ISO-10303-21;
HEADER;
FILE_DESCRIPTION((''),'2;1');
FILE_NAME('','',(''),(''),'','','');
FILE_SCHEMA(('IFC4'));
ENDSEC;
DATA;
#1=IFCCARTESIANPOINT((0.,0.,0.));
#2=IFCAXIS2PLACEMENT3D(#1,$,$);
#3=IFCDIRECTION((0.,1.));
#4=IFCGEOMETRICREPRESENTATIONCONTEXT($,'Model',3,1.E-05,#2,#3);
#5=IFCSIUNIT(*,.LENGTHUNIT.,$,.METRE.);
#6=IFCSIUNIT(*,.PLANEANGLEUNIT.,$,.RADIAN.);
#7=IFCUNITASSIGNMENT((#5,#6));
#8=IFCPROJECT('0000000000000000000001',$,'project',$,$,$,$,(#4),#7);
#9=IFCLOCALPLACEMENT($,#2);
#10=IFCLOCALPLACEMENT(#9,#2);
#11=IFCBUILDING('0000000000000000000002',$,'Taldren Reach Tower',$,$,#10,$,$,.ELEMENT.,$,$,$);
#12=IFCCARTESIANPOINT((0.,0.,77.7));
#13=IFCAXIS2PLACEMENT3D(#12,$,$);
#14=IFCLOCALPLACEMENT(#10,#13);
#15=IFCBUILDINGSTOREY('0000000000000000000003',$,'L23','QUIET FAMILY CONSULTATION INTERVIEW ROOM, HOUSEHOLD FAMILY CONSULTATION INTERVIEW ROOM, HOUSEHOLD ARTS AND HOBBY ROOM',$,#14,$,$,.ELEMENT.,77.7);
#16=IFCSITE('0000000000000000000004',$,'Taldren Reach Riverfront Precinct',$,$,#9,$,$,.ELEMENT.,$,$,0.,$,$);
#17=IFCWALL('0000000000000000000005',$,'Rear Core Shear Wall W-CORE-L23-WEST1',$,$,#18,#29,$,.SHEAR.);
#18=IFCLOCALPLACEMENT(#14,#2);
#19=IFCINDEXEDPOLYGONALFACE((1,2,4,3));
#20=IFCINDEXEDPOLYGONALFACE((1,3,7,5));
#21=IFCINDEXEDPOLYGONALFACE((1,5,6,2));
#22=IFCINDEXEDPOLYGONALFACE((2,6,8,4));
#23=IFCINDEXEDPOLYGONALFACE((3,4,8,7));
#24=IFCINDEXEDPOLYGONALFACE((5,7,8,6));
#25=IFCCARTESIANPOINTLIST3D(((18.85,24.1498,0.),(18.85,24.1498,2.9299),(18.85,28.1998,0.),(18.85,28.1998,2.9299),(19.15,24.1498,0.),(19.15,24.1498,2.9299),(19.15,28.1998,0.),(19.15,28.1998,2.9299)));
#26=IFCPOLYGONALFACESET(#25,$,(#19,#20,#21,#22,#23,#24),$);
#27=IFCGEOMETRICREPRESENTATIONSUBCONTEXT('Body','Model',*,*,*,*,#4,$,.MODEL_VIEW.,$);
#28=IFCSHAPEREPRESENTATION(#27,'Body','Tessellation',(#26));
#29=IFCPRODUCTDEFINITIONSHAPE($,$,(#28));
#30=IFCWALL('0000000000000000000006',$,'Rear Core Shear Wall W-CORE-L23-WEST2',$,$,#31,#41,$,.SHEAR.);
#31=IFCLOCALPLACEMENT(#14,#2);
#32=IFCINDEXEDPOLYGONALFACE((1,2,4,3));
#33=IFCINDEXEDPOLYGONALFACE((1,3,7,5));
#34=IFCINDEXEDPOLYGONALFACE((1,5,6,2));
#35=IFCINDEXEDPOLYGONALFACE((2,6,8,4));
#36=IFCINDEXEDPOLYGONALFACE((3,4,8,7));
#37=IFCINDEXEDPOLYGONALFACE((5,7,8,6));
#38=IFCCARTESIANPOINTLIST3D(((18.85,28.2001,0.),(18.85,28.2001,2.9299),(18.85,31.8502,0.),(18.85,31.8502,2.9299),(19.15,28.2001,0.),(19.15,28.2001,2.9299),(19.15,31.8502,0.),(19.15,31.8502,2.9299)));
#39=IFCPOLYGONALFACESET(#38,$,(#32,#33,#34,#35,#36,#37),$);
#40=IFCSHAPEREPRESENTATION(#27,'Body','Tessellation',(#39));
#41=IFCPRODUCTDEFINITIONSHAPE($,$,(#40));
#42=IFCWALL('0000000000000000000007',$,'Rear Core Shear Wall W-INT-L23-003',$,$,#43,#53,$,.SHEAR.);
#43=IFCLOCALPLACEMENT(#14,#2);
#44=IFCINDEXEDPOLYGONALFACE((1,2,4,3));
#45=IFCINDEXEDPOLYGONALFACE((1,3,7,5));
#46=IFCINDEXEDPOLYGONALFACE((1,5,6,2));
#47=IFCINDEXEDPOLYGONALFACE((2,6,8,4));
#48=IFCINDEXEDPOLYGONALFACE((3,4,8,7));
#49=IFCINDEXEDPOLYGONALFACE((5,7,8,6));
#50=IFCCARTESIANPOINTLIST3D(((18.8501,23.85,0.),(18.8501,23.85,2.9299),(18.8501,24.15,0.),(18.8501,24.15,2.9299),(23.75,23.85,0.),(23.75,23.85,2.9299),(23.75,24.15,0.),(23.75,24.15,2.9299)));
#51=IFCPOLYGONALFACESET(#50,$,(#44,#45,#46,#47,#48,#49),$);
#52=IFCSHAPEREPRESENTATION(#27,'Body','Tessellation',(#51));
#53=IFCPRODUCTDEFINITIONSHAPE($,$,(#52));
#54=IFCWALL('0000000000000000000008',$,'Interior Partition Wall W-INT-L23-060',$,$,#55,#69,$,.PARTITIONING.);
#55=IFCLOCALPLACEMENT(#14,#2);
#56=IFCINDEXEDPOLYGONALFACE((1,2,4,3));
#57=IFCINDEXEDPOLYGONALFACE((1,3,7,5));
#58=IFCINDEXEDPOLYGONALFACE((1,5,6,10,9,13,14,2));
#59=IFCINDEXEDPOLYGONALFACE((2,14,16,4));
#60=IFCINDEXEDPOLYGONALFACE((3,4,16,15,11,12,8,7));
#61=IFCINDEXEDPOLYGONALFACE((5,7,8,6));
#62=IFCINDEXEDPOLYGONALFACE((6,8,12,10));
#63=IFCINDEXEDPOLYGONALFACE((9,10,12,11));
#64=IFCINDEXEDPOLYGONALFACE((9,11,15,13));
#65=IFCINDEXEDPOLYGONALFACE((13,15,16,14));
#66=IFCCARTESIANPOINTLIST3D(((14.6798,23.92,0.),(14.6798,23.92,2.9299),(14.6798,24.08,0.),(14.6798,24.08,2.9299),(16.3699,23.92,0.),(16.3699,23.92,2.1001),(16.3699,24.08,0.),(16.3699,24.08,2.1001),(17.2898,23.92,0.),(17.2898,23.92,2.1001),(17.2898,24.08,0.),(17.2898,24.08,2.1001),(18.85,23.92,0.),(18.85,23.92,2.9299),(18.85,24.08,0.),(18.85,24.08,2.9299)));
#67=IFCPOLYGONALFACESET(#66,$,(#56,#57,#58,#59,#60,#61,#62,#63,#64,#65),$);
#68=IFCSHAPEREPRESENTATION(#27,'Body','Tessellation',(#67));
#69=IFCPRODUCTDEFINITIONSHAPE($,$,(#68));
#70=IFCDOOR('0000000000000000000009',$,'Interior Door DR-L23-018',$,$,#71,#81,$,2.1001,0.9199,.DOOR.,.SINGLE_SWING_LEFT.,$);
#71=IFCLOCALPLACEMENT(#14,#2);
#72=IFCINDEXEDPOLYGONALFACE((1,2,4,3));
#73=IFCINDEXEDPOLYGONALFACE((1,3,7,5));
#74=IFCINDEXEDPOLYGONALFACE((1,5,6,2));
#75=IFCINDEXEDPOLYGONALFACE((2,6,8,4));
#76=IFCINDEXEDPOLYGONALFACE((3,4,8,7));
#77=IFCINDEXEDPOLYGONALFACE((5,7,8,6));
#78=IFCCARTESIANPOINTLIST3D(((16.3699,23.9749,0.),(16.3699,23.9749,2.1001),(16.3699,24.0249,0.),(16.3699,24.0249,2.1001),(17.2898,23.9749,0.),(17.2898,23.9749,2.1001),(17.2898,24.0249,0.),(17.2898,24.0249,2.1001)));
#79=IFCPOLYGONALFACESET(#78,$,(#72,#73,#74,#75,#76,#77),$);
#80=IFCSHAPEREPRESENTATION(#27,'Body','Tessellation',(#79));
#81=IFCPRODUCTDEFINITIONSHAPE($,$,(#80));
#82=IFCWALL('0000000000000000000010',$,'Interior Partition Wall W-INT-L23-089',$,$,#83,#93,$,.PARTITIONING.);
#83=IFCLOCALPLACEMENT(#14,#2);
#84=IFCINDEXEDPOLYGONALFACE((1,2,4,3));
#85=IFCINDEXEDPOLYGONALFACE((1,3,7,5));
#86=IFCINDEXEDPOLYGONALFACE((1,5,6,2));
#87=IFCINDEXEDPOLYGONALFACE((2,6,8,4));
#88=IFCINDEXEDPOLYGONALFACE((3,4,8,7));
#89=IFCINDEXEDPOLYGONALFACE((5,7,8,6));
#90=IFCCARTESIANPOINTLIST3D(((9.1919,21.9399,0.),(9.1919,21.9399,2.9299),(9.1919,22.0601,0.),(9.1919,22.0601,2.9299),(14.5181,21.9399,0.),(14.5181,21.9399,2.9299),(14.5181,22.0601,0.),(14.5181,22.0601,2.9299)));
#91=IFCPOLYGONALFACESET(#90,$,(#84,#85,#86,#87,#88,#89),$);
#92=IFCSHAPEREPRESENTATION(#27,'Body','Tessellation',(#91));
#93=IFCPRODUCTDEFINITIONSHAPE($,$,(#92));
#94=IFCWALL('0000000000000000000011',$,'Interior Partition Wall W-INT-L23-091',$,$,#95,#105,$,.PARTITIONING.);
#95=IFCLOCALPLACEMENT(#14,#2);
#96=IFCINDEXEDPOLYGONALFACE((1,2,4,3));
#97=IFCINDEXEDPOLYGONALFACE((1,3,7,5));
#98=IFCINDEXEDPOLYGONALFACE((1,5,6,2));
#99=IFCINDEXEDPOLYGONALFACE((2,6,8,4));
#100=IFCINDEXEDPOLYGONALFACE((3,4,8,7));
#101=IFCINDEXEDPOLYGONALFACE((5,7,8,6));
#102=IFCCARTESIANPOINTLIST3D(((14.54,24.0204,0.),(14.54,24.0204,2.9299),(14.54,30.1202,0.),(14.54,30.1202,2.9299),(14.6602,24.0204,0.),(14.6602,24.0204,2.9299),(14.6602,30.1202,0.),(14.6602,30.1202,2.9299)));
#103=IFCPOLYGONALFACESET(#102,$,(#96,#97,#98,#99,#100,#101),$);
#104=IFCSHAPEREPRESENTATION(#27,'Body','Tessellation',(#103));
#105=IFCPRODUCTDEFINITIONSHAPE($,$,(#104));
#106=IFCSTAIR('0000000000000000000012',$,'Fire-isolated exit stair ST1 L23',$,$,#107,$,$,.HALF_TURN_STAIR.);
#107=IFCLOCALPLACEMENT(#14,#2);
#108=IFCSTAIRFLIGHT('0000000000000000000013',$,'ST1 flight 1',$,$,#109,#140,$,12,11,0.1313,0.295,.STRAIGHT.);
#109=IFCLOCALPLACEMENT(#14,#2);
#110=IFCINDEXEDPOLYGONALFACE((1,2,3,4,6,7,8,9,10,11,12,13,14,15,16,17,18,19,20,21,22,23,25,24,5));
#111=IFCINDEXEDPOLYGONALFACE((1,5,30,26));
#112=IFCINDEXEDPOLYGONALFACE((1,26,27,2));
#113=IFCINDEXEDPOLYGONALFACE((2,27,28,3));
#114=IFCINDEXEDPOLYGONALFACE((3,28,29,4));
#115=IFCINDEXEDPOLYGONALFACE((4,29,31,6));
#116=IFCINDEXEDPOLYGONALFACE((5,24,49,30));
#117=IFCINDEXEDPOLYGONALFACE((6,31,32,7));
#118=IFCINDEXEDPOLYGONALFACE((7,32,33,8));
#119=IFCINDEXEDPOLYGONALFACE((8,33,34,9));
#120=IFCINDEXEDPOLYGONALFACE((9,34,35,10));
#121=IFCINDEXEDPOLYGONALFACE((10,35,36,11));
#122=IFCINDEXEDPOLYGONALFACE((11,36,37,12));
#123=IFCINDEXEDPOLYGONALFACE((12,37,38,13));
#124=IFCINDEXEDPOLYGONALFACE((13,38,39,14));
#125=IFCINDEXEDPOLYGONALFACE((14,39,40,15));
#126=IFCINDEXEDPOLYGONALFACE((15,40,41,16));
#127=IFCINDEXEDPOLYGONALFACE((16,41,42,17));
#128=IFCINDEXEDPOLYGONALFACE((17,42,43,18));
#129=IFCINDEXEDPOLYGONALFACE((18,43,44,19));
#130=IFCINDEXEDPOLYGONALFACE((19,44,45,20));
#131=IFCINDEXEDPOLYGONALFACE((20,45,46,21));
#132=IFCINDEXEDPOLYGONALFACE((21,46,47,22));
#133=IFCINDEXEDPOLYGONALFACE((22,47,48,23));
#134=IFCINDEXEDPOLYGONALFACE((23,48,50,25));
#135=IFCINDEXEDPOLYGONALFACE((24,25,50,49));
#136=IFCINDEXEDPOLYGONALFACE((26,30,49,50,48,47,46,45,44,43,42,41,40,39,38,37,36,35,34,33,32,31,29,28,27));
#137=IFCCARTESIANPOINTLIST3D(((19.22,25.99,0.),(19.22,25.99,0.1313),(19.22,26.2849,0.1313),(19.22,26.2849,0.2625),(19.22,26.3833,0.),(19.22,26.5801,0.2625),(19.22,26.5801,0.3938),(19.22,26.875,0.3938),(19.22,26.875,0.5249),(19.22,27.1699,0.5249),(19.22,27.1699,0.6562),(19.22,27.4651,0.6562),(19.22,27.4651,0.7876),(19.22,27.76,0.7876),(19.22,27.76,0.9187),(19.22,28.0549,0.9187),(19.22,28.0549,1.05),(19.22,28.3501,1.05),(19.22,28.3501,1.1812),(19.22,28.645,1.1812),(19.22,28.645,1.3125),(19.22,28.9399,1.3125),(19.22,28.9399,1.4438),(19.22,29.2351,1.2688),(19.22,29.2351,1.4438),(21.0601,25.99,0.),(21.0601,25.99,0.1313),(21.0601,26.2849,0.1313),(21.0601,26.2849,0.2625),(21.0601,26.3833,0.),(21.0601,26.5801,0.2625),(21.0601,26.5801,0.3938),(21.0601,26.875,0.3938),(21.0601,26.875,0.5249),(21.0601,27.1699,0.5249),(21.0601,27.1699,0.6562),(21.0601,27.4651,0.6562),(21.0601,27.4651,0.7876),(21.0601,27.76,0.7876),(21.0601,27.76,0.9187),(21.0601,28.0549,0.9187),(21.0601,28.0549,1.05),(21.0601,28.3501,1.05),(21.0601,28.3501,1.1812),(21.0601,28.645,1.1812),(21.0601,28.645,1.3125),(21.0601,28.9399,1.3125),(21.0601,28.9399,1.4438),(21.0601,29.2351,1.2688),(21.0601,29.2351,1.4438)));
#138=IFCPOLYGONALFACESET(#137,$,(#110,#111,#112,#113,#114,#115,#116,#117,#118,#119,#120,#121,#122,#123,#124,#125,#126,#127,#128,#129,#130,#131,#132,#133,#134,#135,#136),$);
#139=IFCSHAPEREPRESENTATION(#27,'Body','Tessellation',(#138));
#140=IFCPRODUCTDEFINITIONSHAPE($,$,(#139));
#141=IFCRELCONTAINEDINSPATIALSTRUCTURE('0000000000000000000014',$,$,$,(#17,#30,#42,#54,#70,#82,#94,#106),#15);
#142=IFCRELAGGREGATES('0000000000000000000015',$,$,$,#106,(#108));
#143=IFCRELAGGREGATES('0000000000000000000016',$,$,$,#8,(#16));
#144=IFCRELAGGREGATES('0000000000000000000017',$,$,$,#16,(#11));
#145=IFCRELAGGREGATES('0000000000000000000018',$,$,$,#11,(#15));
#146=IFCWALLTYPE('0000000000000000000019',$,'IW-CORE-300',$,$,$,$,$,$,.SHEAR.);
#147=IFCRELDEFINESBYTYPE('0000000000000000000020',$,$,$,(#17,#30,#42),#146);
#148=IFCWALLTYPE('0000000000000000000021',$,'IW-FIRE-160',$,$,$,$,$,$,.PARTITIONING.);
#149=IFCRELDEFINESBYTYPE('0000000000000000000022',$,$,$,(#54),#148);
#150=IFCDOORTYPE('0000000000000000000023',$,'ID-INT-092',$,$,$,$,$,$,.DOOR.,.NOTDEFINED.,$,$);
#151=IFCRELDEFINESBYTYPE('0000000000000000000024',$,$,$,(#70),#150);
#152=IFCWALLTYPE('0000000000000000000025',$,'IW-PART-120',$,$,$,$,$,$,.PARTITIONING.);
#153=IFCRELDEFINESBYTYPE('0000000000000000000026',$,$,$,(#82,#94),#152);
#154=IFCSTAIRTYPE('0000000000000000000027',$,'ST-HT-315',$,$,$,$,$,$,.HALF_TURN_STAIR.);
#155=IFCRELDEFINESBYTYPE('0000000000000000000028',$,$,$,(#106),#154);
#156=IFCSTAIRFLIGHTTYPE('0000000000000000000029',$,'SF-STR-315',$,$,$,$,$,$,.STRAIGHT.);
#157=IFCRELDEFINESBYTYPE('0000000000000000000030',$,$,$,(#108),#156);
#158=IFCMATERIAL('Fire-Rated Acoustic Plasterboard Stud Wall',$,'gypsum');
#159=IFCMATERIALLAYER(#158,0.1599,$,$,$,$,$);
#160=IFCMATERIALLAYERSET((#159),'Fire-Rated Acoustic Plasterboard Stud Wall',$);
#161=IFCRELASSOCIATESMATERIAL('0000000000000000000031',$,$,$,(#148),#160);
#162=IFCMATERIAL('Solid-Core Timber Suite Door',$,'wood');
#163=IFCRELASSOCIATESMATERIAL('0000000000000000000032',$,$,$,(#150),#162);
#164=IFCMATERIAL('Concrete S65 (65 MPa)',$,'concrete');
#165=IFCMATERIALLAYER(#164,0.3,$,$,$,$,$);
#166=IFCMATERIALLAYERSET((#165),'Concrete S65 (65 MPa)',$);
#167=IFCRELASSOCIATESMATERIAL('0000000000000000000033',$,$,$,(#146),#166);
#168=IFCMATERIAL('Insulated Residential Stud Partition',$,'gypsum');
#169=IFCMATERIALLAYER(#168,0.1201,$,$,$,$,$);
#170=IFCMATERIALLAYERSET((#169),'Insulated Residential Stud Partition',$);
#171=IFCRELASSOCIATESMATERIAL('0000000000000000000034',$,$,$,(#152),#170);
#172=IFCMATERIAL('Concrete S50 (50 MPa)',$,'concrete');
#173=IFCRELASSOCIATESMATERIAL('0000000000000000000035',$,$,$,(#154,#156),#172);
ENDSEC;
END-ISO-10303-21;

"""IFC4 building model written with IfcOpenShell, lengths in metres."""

from ifc_helpers import new_model, si_unit, direction, frame, frame_2d, origin, place, context, subcontext, project, spatial, polyline, rectangle, outline, extrude, source, transform, mapped, material, layer, layer_set, type_object, element, fill, aggregate, save


model = new_model("IFC4")

# Units and contexts
model_context = context("Model", 3, precision=1e-05, world=origin(), true_north=direction((0.0, 1.0)))
body_context = subcontext(model_context, "Body", "Model", "MODEL_VIEW")
ifc_project = project(units=[si_unit("LENGTHUNIT", "METRE"), si_unit("PLANEANGLEUNIT", "RADIAN")], contexts=[model_context])

# Site, building, storey
site_placement = place(None, origin())
site = spatial("IfcSite", under=ifc_project, at=site_placement, Name="Taldren Reach Riverfront Precinct", CompositionType="ELEMENT", RefElevation=0.0)
building_placement = place(site_placement, origin())
building = spatial("IfcBuilding", under=site, at=building_placement, Name="Taldren Reach Tower", CompositionType="ELEMENT")
storey_placement = place(building_placement, frame((0.0, 0.0, 77.7)))
storey = spatial("IfcBuildingStorey", under=building, at=storey_placement, Name="L23", Description="QUIET FAMILY CONSULTATION INTERVIEW ROOM, HOUSEHOLD FAMILY CONSULTATION INTERVIEW ROOM, HOUSEHOLD ARTS AND HOBBY ROOM", CompositionType="ELEMENT", Elevation=77.7)

# Shared definitions
ifc_material_1 = material(Name="Concrete S65 (65 MPa)", Category="concrete")

# Shared definitions
ifc_material_2 = material(Name="Fire-Rated Acoustic Plasterboard Stud Wall", Category="gypsum")
ifc_layer_1 = layer(ifc_material_2, 0.1599)
ifc_layer_set_1 = layer_set([ifc_layer_1], Name="Fire-Rated Acoustic Plasterboard Stud Wall")
wall_type_1 = type_object("IfcWallType", Name="IW-FIRE-160", PredefinedType="PARTITIONING", material=ifc_layer_set_1)

# Shared definitions
shared_shape_1 = source(origin(), body_context, "Body", "SweptSolid", [
    extrude(rectangle(XDim=0.9199, YDim=2.1001, at=frame_2d((0.46, 1.05))), frame((0.0, 0.0898, 0.0), z_axis=(0.0, -1.0, 0.0), x_axis=(1.0, 0.0, 0.0)), (0.0, 0.0, 1.0), 0.1799),
])
ifc_material_3 = material(Name="Solid-Core Timber Suite Door", Category="wood")
door_type = type_object("IfcDoorType", Name="ID-INT-092", OperationType="NOTDEFINED", PredefinedType="DOOR", material=ifc_material_3)
shared_shape_2 = source(origin(), body_context, "Body", "SweptSolid", [
    extrude(rectangle(XDim=0.9199, YDim=2.1001, at=frame_2d((0.46, 1.05))), frame((0.0, 0.0249, 0.0), z_axis=(0.0, -1.0, 0.0), x_axis=(1.0, 0.0, 0.0)), (0.0, 0.0, 1.0), 0.05),
])

# Walls
ifc_layer_2 = layer(ifc_material_1, 0.3)
ifc_layer_set_2 = layer_set([ifc_layer_2], Name="Concrete S65 (65 MPa)")
wall_type_2 = type_object("IfcWallType", Name="IW-CORE-300", PredefinedType="SHEAR", material=ifc_layer_set_2)
shared_shape_3 = source(origin(), body_context, "Body", "SweptSolid", [
    extrude(rectangle(XDim=4.05, YDim=0.3, at=frame_2d((2.0249, 0.0))), origin(), (0.0, 0.0, 1.0), 2.9299),
])
wall_1_placement = place(storey_placement, frame((19.0, 24.1499, 0.0), z_axis=(0.0, 0.0, 1.0), x_axis=(0.0, 1.0, 0.0)))
element("IfcWall", 1, at=wall_1_placement, inside=storey, type_object=wall_type_2, Name="Rear Core Shear Wall W-CORE-L23-WEST1", PredefinedType="SHEAR", context=body_context, shape_type="MappedRepresentation", body=[
    mapped(shared_shape_3, transform((0.0, 0.0, 0.0), scale=1.0)),
])
shared_shape_4 = source(origin(), body_context, "Body", "SweptSolid", [
    extrude(rectangle(XDim=3.6501, YDim=0.3, at=frame_2d((1.8252, 0.0))), origin(), (0.0, 0.0, 1.0), 2.9299),
])
wall_2_placement = place(storey_placement, frame((19.0, 28.2, 0.0), z_axis=(0.0, 0.0, 1.0), x_axis=(0.0, 1.0, 0.0)))
element("IfcWall", 2, at=wall_2_placement, inside=storey, type_object=wall_type_2, Name="Rear Core Shear Wall W-CORE-L23-WEST2", PredefinedType="SHEAR", context=body_context, shape_type="MappedRepresentation", body=[
    mapped(shared_shape_4, transform((0.0, 0.0, 0.0), scale=1.0)),
])
shared_shape_5 = source(origin(), body_context, "Body", "SweptSolid", [
    extrude(rectangle(XDim=4.8999, YDim=0.3, at=frame_2d((2.45, 0.0))), origin(), (0.0, 0.0, 1.0), 2.9299),
])
wall_3_placement = place(storey_placement, frame((18.8501, 24.0, 0.0), z_axis=(0.0, 0.0, 1.0), x_axis=(1.0, 0.0, 0.0)))
element("IfcWall", 3, at=wall_3_placement, inside=storey, type_object=wall_type_2, Name="Rear Core Shear Wall W-INT-L23-003", PredefinedType="SHEAR", context=body_context, shape_type="MappedRepresentation", body=[
    mapped(shared_shape_5, transform((0.0, 0.0, 0.0), scale=1.0)),
])

# Wall, opening, door
shared_shape_6 = source(origin(), body_context, "Body", "SweptSolid", [
    extrude(rectangle(XDim=4.1702, YDim=0.1599, at=frame_2d((2.085, 0.0))), origin(), (0.0, 0.0, 1.0), 2.9299),
])
wall_4_placement = place(storey_placement, frame((14.6799, 24.0, 0.0), z_axis=(0.0, 0.0, 1.0), x_axis=(1.0, 0.0, 0.0)))
wall_4 = element("IfcWall", 4, at=wall_4_placement, inside=storey, type_object=wall_type_1, Name="Interior Partition Wall W-INT-L23-060", PredefinedType="PARTITIONING", context=body_context, shape_type="MappedRepresentation", body=[
    mapped(shared_shape_6, transform((0.0, 0.0, 0.0), scale=1.0)),
])
opening_1_placement = place(wall_4_placement, frame((1.6899, 0.0, 0.0)))
opening_1 = element("IfcOpeningElement", 5, at=opening_1_placement, cuts=wall_4, PredefinedType="OPENING", context=body_context, shape_type="MappedRepresentation", body=[
    mapped(shared_shape_1, transform((0.0, 0.0, 0.0), scale=1.0)),
])
door_1_placement = place(opening_1_placement, origin())
door_1 = element("IfcDoor", 6, at=door_1_placement, inside=storey, type_object=door_type, Name="Interior Door DR-L23-018", OperationType="SINGLE_SWING_LEFT", OverallHeight=2.1001, OverallWidth=0.9199, PredefinedType="DOOR", context=body_context, shape_type="MappedRepresentation", body=[
    mapped(shared_shape_2, transform((0.0, 0.0, 0.0), scale=1.0)),
])
fill(opening_1, door_1)

# Walls
ifc_material_4 = material(Name="Insulated Residential Stud Partition", Category="gypsum")
ifc_layer_3 = layer(ifc_material_4, 0.1201)
ifc_layer_set_3 = layer_set([ifc_layer_3], Name="Insulated Residential Stud Partition")
wall_type_3 = type_object("IfcWallType", Name="IW-PART-120", PredefinedType="PARTITIONING", material=ifc_layer_set_3)
shared_shape_7 = source(origin(), body_context, "Body", "SweptSolid", [
    extrude(rectangle(XDim=5.3262, YDim=0.1201, at=frame_2d((2.6631, 0.0))), origin(), (0.0, 0.0, 1.0), 2.9299),
])
wall_5_placement = place(storey_placement, frame((9.1919, 22.0, 0.0), z_axis=(0.0, 0.0, 1.0), x_axis=(1.0, 0.0, 0.0)))
element("IfcWall", 7, at=wall_5_placement, inside=storey, type_object=wall_type_3, Name="Interior Partition Wall W-INT-L23-089", PredefinedType="PARTITIONING", context=body_context, shape_type="MappedRepresentation", body=[
    mapped(shared_shape_7, transform((0.0, 0.0, 0.0), scale=1.0)),
])
shared_shape_8 = source(origin(), body_context, "Body", "SweptSolid", [
    extrude(rectangle(XDim=6.0999, YDim=0.1201, at=frame_2d((3.0498, 0.0))), origin(), (0.0, 0.0, 1.0), 2.9299),
])
wall_6_placement = place(storey_placement, frame((14.6001, 30.1201, 0.0), z_axis=(0.0, 0.0, 1.0), x_axis=(0.0, -1.0, 0.0)))
element("IfcWall", 8, at=wall_6_placement, inside=storey, type_object=wall_type_3, Name="Interior Partition Wall W-INT-L23-091", PredefinedType="PARTITIONING", context=body_context, shape_type="MappedRepresentation", body=[
    mapped(shared_shape_8, transform((0.0, 0.0, 0.0), scale=1.0)),
])

# Stair, stair flight
ifc_material_5 = material(Name="Concrete S50 (50 MPa)", Category="concrete")
stair_type = type_object("IfcStairType", Name="ST-HT-315", PredefinedType="HALF_TURN_STAIR", material=ifc_material_5)
stair_placement = place(storey_placement, origin())
stair = element("IfcStair", 9, at=stair_placement, inside=storey, type_object=stair_type, Name="Fire-isolated exit stair ST1 L23", PredefinedType="HALF_TURN_STAIR")
stair_flight_type = type_object("IfcStairFlightType", Name="SF-STR-315", PredefinedType="STRAIGHT", material=ifc_material_5)
stair_flight_placement = place(storey_placement, frame((20.1399, 25.99, 0.0), z_axis=(0.0, 0.0, 1.0), x_axis=(0.0, 1.0, 0.0)))
stair_flight = element("IfcStairFlight", 10, at=stair_flight_placement, type_object=stair_flight_type, Name="ST1 flight 1", NumberOfRisers=12, NumberOfTreads=11, PredefinedType="STRAIGHT", RiserHeight=0.1313, TreadLength=0.295, context=body_context, shape_type="SweptSolid", body=[
    extrude(outline(polyline([(0.0, 0.0), (0.0, 0.1313), (0.2949, 0.1313), (0.2949, 0.2625), (0.5901, 0.2625), (0.5901, 0.3938), (0.885, 0.3938), (0.885, 0.5249), (1.1799, 0.5249), (1.1799, 0.6562), (1.4751, 0.6562), (1.4751, 0.7876), (1.77, 0.7876), (1.77, 0.9187), (2.0649, 0.9187), (2.0649, 1.05), (2.3601, 1.05), (2.3601, 1.1812), (2.655, 1.1812), (2.655, 1.3125), (2.95, 1.3125), (2.95, 1.4438), (3.2451, 1.4438), (3.2451, 1.575), (3.2451, 1.2688), (0.3933, 0.0), (0.0, 0.0)])), frame((0.0, 0.9199, 0.0), z_axis=(0.0, -1.0, 0.0), x_axis=(1.0, 0.0, 0.0)), (0.0, 0.0, 1.0), 1.8401),
])
aggregate(stair, [stair_flight])

save(model, "model.ifc")
